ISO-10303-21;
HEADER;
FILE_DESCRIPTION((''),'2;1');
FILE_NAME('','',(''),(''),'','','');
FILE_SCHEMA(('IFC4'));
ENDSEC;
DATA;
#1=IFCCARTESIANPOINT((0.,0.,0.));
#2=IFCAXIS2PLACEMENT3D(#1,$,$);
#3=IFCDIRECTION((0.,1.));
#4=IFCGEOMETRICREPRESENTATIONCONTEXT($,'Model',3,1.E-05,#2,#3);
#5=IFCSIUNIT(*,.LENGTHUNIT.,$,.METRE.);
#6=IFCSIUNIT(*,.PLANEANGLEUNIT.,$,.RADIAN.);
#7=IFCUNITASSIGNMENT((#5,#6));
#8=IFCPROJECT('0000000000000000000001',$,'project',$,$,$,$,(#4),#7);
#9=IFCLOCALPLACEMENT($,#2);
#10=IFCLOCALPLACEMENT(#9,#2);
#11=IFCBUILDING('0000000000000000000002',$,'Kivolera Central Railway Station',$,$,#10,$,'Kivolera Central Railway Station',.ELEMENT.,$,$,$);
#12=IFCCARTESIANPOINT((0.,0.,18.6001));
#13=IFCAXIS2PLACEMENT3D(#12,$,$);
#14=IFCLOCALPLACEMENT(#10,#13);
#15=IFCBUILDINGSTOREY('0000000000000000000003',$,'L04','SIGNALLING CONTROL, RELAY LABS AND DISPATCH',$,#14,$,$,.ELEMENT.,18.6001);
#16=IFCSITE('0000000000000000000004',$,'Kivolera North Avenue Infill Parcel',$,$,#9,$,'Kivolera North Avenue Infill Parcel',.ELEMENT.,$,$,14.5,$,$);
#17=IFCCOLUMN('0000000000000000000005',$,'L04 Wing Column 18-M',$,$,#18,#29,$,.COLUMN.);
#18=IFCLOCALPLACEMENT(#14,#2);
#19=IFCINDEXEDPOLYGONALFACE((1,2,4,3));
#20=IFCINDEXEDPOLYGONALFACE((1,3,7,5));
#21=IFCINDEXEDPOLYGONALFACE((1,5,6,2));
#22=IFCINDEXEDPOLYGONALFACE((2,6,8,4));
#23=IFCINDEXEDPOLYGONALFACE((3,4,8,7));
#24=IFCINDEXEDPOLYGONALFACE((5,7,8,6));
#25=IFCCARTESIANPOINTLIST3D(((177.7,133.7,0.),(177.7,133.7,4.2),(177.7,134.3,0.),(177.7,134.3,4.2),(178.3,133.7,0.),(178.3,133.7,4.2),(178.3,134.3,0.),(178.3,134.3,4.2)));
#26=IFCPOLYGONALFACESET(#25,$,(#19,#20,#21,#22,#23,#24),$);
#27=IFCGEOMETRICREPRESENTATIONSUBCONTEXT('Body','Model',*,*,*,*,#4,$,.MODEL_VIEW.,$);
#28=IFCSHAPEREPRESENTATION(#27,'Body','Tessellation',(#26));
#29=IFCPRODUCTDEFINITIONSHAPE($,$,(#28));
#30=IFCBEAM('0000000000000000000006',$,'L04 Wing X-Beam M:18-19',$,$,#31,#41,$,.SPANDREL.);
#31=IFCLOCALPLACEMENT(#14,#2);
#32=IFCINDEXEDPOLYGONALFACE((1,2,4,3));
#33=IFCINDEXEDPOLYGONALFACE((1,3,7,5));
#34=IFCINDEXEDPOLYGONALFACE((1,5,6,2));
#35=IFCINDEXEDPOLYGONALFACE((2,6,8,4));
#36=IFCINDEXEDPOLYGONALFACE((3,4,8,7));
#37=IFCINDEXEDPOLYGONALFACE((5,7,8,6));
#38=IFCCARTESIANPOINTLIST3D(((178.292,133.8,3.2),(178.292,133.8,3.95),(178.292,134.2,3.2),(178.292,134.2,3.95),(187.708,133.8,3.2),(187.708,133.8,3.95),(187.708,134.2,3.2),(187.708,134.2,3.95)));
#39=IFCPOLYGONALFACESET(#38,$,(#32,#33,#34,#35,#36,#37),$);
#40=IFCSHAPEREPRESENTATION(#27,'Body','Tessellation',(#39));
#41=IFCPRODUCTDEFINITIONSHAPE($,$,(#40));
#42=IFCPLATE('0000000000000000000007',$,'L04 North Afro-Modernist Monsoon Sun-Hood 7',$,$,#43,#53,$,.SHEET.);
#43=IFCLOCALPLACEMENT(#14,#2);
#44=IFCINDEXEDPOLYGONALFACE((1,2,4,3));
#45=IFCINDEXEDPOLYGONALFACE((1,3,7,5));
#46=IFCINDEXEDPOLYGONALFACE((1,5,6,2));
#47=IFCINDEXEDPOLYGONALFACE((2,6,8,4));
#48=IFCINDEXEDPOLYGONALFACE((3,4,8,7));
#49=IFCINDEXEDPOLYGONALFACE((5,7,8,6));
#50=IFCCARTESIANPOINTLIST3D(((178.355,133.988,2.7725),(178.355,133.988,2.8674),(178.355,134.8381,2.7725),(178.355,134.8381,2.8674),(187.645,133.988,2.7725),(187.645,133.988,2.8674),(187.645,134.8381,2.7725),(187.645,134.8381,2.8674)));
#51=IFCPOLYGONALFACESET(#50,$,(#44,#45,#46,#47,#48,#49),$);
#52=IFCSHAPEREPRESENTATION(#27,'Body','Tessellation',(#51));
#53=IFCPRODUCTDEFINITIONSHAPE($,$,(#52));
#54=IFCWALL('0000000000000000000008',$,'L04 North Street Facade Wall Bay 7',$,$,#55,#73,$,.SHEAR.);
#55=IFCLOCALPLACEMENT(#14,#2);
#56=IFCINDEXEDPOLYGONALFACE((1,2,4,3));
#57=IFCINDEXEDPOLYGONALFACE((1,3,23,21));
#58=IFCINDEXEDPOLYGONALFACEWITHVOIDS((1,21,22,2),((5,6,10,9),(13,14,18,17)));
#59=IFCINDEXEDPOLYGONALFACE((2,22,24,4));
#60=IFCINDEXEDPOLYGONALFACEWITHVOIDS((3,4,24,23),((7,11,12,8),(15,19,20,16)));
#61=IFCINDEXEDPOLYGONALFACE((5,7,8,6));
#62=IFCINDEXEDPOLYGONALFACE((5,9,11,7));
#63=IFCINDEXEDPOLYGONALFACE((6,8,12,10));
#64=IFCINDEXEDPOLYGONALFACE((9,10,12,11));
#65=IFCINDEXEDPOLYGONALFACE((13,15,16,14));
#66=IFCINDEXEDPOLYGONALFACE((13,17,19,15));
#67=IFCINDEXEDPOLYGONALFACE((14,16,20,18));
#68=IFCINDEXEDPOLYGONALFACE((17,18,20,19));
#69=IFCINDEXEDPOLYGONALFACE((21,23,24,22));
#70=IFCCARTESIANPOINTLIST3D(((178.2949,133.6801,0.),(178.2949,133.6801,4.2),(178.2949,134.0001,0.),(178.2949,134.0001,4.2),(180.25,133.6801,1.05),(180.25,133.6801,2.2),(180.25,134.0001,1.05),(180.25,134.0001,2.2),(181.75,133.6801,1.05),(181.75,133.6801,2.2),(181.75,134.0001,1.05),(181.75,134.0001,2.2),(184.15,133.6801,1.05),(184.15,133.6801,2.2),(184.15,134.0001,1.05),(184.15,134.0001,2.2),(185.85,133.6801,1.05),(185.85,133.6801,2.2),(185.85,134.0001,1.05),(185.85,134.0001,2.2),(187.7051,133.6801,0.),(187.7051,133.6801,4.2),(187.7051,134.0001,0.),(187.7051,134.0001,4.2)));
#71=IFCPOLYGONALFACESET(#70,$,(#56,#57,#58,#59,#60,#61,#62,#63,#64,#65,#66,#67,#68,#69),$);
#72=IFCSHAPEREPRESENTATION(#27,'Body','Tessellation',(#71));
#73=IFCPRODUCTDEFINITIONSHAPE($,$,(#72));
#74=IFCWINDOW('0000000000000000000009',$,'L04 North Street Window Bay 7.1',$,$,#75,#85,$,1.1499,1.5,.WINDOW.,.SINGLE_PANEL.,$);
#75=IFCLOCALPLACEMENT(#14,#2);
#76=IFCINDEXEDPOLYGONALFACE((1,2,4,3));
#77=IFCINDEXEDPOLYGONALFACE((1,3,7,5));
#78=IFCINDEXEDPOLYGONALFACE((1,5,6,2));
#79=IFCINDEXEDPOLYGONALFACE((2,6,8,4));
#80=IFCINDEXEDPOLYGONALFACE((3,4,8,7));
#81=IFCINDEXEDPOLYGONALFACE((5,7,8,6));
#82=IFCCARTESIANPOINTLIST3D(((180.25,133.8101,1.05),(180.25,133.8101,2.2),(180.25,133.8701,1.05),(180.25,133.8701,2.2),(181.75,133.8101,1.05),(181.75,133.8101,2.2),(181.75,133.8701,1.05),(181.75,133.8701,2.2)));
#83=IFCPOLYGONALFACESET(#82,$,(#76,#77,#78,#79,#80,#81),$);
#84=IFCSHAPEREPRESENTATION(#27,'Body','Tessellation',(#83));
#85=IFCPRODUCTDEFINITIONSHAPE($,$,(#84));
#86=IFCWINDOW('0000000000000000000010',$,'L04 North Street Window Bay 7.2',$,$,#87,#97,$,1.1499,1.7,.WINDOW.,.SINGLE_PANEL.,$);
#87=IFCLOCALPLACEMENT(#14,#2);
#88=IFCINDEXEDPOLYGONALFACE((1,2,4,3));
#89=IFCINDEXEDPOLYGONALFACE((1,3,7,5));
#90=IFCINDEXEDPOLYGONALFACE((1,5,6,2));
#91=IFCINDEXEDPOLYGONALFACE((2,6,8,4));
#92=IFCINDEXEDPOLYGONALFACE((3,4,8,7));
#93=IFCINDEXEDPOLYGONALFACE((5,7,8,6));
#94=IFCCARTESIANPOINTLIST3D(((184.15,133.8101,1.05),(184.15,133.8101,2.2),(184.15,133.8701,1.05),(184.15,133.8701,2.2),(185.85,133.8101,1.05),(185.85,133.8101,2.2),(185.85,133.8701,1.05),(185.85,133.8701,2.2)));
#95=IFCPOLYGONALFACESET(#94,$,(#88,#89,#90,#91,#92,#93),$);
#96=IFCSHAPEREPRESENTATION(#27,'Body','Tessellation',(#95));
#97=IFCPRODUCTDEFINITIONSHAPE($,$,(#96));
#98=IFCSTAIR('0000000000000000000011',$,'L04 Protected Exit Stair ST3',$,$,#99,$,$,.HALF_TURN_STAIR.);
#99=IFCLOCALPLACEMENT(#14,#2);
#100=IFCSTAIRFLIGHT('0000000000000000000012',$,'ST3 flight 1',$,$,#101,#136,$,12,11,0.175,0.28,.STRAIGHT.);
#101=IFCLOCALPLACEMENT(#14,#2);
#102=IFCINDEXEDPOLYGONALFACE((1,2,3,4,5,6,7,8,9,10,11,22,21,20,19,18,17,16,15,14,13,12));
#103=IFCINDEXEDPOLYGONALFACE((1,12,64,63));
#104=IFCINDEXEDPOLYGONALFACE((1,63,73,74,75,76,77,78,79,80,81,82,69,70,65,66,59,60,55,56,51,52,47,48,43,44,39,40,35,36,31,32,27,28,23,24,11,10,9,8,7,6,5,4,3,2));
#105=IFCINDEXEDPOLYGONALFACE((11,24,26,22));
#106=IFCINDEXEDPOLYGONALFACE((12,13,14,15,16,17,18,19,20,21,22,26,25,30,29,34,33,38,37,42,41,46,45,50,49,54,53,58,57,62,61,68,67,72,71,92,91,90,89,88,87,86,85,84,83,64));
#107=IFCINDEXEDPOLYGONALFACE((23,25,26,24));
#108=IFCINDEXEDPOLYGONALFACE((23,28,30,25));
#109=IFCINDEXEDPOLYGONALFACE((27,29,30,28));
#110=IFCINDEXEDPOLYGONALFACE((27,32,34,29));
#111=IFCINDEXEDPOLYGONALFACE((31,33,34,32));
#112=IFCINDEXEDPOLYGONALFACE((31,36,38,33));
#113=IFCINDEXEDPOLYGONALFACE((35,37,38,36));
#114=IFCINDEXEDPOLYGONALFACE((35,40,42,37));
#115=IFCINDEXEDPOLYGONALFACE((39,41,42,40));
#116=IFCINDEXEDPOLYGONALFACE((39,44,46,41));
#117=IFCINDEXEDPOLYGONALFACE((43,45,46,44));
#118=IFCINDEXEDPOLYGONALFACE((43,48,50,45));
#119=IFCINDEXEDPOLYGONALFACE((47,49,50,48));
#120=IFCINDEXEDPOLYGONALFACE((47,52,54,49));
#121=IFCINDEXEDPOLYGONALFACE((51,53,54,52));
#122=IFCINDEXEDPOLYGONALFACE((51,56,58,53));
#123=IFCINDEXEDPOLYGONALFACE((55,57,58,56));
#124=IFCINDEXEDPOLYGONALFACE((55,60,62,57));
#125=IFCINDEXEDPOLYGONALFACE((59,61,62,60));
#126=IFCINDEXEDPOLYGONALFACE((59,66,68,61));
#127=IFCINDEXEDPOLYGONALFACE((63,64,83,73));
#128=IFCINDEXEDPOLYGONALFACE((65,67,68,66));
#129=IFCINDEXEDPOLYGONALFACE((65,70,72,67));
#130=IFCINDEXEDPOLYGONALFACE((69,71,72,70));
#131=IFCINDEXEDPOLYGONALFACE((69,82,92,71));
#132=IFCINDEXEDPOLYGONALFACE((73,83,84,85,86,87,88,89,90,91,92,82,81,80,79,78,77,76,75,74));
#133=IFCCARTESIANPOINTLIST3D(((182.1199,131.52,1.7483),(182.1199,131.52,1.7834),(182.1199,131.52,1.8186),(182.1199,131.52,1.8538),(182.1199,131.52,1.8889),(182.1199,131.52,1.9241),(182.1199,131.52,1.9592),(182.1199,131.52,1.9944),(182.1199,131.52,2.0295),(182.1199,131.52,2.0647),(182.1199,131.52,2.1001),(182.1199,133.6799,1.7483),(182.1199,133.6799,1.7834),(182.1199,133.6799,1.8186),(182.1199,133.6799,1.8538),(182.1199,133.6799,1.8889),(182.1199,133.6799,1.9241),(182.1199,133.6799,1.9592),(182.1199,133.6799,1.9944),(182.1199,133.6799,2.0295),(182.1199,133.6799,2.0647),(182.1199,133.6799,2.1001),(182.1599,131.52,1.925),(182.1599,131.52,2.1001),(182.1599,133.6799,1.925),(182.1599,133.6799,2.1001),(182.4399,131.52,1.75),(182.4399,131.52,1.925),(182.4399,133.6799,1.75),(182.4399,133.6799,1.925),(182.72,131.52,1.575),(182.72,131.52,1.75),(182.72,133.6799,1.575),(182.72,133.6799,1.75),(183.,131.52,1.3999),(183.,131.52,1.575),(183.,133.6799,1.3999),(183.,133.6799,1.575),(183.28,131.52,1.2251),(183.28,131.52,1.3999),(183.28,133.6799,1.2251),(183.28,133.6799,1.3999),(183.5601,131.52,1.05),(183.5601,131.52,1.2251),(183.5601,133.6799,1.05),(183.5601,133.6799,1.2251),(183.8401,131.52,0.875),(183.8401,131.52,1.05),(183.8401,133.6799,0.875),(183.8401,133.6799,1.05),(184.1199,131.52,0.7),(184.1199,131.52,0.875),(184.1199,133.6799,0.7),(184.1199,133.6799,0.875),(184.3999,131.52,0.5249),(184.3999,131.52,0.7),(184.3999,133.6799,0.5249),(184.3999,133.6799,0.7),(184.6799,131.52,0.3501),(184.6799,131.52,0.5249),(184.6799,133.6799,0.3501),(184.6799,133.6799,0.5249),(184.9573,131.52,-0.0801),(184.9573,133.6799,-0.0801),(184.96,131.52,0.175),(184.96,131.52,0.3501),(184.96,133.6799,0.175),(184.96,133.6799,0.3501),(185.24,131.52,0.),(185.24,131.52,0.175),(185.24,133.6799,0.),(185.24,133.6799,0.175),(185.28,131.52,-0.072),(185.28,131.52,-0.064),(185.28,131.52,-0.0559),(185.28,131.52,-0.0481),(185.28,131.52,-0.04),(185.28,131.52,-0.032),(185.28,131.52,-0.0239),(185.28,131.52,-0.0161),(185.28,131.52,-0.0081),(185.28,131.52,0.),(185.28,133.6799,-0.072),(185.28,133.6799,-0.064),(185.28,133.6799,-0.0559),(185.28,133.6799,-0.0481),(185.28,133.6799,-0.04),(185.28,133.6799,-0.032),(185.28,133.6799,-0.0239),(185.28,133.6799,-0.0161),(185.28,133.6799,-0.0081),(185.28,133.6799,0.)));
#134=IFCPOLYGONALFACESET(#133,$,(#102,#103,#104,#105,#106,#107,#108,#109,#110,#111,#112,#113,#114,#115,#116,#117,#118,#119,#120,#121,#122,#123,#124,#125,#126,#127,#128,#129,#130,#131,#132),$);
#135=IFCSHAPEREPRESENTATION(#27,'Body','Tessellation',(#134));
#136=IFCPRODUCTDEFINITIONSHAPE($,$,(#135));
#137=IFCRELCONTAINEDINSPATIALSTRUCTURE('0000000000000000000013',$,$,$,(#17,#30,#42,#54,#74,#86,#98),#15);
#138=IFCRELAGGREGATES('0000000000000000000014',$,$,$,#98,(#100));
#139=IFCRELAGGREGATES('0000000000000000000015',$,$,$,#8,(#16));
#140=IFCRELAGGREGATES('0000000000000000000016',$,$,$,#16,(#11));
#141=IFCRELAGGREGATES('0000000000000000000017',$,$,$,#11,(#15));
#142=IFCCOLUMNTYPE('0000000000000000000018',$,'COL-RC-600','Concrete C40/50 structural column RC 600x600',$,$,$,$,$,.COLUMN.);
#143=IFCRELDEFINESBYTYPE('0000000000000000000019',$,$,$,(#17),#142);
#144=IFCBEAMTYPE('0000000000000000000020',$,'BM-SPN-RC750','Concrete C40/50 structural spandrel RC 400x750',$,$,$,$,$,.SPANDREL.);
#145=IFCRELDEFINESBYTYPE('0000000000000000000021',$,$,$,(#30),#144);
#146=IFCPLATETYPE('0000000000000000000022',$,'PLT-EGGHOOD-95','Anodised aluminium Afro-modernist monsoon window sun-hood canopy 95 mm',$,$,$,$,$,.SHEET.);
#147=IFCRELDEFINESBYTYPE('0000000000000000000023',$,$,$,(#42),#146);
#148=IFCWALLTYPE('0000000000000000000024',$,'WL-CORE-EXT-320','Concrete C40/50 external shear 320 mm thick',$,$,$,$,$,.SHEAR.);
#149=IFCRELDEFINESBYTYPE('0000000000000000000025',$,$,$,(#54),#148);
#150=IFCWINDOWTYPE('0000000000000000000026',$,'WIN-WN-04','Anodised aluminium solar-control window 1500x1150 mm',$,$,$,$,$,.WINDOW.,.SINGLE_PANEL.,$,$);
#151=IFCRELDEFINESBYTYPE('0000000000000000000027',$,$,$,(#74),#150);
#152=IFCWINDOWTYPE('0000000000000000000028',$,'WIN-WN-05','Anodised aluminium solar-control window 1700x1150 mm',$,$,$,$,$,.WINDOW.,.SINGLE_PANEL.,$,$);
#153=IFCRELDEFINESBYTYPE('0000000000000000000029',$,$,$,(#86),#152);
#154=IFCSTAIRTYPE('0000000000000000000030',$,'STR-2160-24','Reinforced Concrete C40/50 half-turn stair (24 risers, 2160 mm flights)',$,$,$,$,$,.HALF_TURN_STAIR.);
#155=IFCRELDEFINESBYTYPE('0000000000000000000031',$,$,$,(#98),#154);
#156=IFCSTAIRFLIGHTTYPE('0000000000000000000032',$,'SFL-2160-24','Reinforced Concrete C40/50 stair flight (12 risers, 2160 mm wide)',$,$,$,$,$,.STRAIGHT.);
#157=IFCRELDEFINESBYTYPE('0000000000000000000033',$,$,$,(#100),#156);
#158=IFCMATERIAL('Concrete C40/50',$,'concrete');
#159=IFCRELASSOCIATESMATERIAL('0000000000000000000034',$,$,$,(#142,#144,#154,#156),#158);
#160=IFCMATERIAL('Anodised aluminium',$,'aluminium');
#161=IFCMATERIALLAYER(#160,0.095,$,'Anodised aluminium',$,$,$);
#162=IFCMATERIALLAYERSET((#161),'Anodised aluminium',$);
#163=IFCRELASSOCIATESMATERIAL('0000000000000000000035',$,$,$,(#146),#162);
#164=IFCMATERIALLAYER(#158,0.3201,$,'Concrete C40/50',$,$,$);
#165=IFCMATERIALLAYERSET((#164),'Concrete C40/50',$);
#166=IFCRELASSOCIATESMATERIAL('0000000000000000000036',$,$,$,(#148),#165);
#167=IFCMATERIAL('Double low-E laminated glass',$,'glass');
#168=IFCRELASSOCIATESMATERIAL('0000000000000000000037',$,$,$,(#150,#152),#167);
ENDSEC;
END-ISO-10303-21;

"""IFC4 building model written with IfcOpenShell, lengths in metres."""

from ifc_helpers import new_model, si_unit, direction, frame, frame_2d, origin, origin_2d, place, context, subcontext, project, spatial, polyline, rectangle, outline, extrude, material, layer, layer_set, material_profile, profile_set, type_object, element, fill, aggregate, save


model = new_model("IFC4")

# Units and contexts
model_context = context("Model", 3, precision=1e-05, world=origin(), true_north=direction((0.0, 1.0)))
body_context = subcontext(model_context, "Body", "Model", "MODEL_VIEW")
ifc_project = project(units=[si_unit("LENGTHUNIT", "METRE"), si_unit("PLANEANGLEUNIT", "RADIAN")], contexts=[model_context])

# Site, building, storey
site_placement = place(None, origin())
site = spatial("IfcSite", under=ifc_project, at=site_placement, Name="Kivolera North Avenue Infill Parcel", LongName="Kivolera North Avenue Infill Parcel", CompositionType="ELEMENT", RefElevation=14.5)
building_placement = place(site_placement, origin())
building = spatial("IfcBuilding", under=site, at=building_placement, Name="Kivolera Central Railway Station", LongName="Kivolera Central Railway Station", CompositionType="ELEMENT")
storey_placement = place(building_placement, frame((0.0, 0.0, 18.6001)))
storey = spatial("IfcBuildingStorey", under=building, at=storey_placement, Name="L04", Description="SIGNALLING CONTROL, RELAY LABS AND DISPATCH", CompositionType="ELEMENT", Elevation=18.6001)

# Column
ifc_material_1 = material(Name="Concrete C40/50", Category="concrete")
ifc_material_profile_1 = material_profile(ifc_material_1, rectangle(XDim=0.6001, YDim=0.6001, at=origin_2d()), Name="RC 600x600")
ifc_profile_set_1 = profile_set([ifc_material_profile_1], Name="Concrete C40/50")
column_type = type_object("IfcColumnType", Name="COL-RC-600", Description="Concrete C40/50 structural column RC 600x600", PredefinedType="COLUMN", material=ifc_profile_set_1)
column_placement = place(storey_placement, frame((178.0, 134.0, 0.0), z_axis=(0.0, 0.0, 1.0), x_axis=(1.0, 0.0, 0.0)))
element("IfcColumn", 1, at=column_placement, inside=storey, type_object=column_type, Name="L04 Wing Column 18-M", PredefinedType="COLUMN", context=body_context, shape_type="SweptSolid", body=[
    extrude(rectangle(XDim=0.6001, YDim=0.6001, at=origin_2d()), origin(), (0.0, 0.0, 1.0), 4.2),
])

# Beam
ifc_material_profile_2 = material_profile(ifc_material_1, rectangle(XDim=0.3999, YDim=0.75, at=origin_2d()), Name="RC 400x750")
ifc_profile_set_2 = profile_set([ifc_material_profile_2], Name="Concrete C40/50")
beam_type = type_object("IfcBeamType", Name="BM-SPN-RC750", Description="Concrete C40/50 structural spandrel RC 400x750", PredefinedType="SPANDREL", material=ifc_profile_set_2)
beam_placement = place(storey_placement, frame((178.292, 134.0, 3.575), z_axis=(1.0, 0.0, 0.0), x_axis=(0.0, 1.0, 0.0)))
element("IfcBeam", 2, at=beam_placement, inside=storey, type_object=beam_type, Name="L04 Wing X-Beam M:18-19", PredefinedType="SPANDREL", context=body_context, shape_type="SweptSolid", body=[
    extrude(rectangle(XDim=0.3999, YDim=0.75, at=origin_2d()), origin(), (0.0, 0.0, 1.0), 9.416),
])

# Plate
ifc_material_2 = material(Name="Anodised aluminium", Category="aluminium")
ifc_layer_1 = layer(ifc_material_2, 0.095, Name="Anodised aluminium")
ifc_layer_set_1 = layer_set([ifc_layer_1], Name="Anodised aluminium")
plate_type = type_object("IfcPlateType", Name="PLT-EGGHOOD-95", Description="Anodised aluminium Afro-modernist monsoon window sun-hood canopy 95 mm", PredefinedType="SHEET", material=ifc_layer_set_1)
plate_placement = place(storey_placement, frame((183.0, 134.4131, 2.7725), z_axis=(0.0, 0.0, 1.0), x_axis=(1.0, 0.0, 0.0)))
element("IfcPlate", 3, at=plate_placement, inside=storey, type_object=plate_type, Name="L04 North Afro-Modernist Monsoon Sun-Hood 7", PredefinedType="SHEET", context=body_context, shape_type="SweptSolid", body=[
    extrude(rectangle(XDim=9.29, YDim=0.8501, at=origin_2d()), origin(), (0.0, 0.0, 1.0), 0.095),
])

# Wall, openings, windows
ifc_layer_2 = layer(ifc_material_1, 0.3201, Name="Concrete C40/50")
ifc_layer_set_2 = layer_set([ifc_layer_2], Name="Concrete C40/50")
wall_type = type_object("IfcWallType", Name="WL-CORE-EXT-320", Description="Concrete C40/50 external shear 320 mm thick", PredefinedType="SHEAR", material=ifc_layer_set_2)
wall_placement = place(storey_placement, frame((178.2949, 133.8401, 0.0), z_axis=(0.0, 0.0, 1.0), x_axis=(1.0, 0.0, 0.0)))
wall = element("IfcWall", 4, at=wall_placement, inside=storey, type_object=wall_type, Name="L04 North Street Facade Wall Bay 7", PredefinedType="SHEAR", context=body_context, shape_type="SweptSolid", body=[
    extrude(rectangle(XDim=9.4102, YDim=0.3201, at=frame_2d((4.7051, 0.0))), origin(), (0.0, 0.0, 1.0), 4.2),
])
opening_1_placement = place(wall_placement, frame((1.9551, 0.0, 1.05)))
opening_1 = element("IfcOpeningElement", 5, at=opening_1_placement, cuts=wall, PredefinedType="OPENING", context=body_context, shape_type="SweptSolid", body=[
    extrude(rectangle(XDim=1.5, YDim=1.1499, at=frame_2d((0.75, 0.575))), frame((0.0, 0.1699, 0.0), z_axis=(0.0, -1.0, 0.0), x_axis=(1.0, 0.0, 0.0)), (0.0, 0.0, 1.0), 0.3401),
])
opening_2_placement = place(wall_placement, frame((5.855, 0.0, 1.05)))
opening_2 = element("IfcOpeningElement", 6, at=opening_2_placement, cuts=wall, PredefinedType="OPENING", context=body_context, shape_type="SweptSolid", body=[
    extrude(rectangle(XDim=1.7, YDim=1.1499, at=frame_2d((0.8501, 0.575))), frame((0.0, 0.1699, 0.0), z_axis=(0.0, -1.0, 0.0), x_axis=(1.0, 0.0, 0.0)), (0.0, 0.0, 1.0), 0.3401),
])
ifc_material_3 = material(Name="Double low-E laminated glass", Category="glass")
window_type_1 = type_object("IfcWindowType", Name="WIN-WN-04", Description="Anodised aluminium solar-control window 1500x1150 mm", PartitioningType="SINGLE_PANEL", PredefinedType="WINDOW", material=ifc_material_3)
window_1_placement = place(opening_1_placement, origin())
window_1 = element("IfcWindow", 7, at=window_1_placement, inside=storey, type_object=window_type_1, Name="L04 North Street Window Bay 7.1", OverallHeight=1.1499, OverallWidth=1.5, PartitioningType="SINGLE_PANEL", PredefinedType="WINDOW", context=body_context, shape_type="SweptSolid", body=[
    extrude(rectangle(XDim=1.5, YDim=1.1499, at=frame_2d((0.75, 0.575))), frame((0.0, 0.03, 0.0), z_axis=(0.0, -1.0, 0.0), x_axis=(1.0, 0.0, 0.0)), (0.0, 0.0, 1.0), 0.0601),
])
fill(opening_1, window_1)
window_type_2 = type_object("IfcWindowType", Name="WIN-WN-05", Description="Anodised aluminium solar-control window 1700x1150 mm", PartitioningType="SINGLE_PANEL", PredefinedType="WINDOW", material=ifc_material_3)
window_2_placement = place(opening_2_placement, origin())
window_2 = element("IfcWindow", 8, at=window_2_placement, inside=storey, type_object=window_type_2, Name="L04 North Street Window Bay 7.2", OverallHeight=1.1499, OverallWidth=1.7, PartitioningType="SINGLE_PANEL", PredefinedType="WINDOW", context=body_context, shape_type="SweptSolid", body=[
    extrude(rectangle(XDim=1.7, YDim=1.1499, at=frame_2d((0.8501, 0.575))), frame((0.0, 0.03, 0.0), z_axis=(0.0, -1.0, 0.0), x_axis=(1.0, 0.0, 0.0)), (0.0, 0.0, 1.0), 0.0601),
])
fill(opening_2, window_2)

# Stair, stair flight
stair_type = type_object("IfcStairType", Name="STR-2160-24", Description="Reinforced Concrete C40/50 half-turn stair (24 risers, 2160 mm flights)", PredefinedType="HALF_TURN_STAIR", material=ifc_material_1)
stair_placement = place(storey_placement, origin())
stair = element("IfcStair", 9, at=stair_placement, inside=storey, type_object=stair_type, Name="L04 Protected Exit Stair ST3", PredefinedType="HALF_TURN_STAIR")
stair_flight_type = type_object("IfcStairFlightType", Name="SFL-2160-24", Description="Reinforced Concrete C40/50 stair flight (12 risers, 2160 mm wide)", PredefinedType="STRAIGHT", material=ifc_material_1)
stair_flight_1_placement = place(storey_placement, frame((185.24, 132.6001, 0.0), z_axis=(0.0, 0.0, 1.0), x_axis=(-1.0, 0.0, 0.0)))
stair_flight_1 = element("IfcStairFlight", 10, at=stair_flight_1_placement, type_object=stair_flight_type, Name="ST3 flight 1", NumberOfRisers=12, NumberOfTreads=11, PredefinedType="STRAIGHT", RiserHeight=0.175, TreadLength=0.28, context=body_context, shape_type="SweptSolid", body=[
    extrude(outline(polyline([(-0.04, 0.0), (0.0, 0.0), (0.0, 0.175), (0.28, 0.175), (0.28, 0.3501), (0.5601, 0.3501), (0.5601, 0.5249), (0.8401, 0.5249), (0.8401, 0.7), (1.1201, 0.7), (1.1201, 0.875), (1.3999, 0.875), (1.3999, 1.05), (1.6799, 1.05), (1.6799, 1.2251), (1.96, 1.2251), (1.96, 1.3999), (2.24, 1.3999), (2.24, 1.575), (2.52, 1.575), (2.52, 1.75), (2.8, 1.75), (2.8, 1.925), (3.0801, 1.925), (3.0801, 2.1001), (3.1201, 2.1001), (3.1201, 2.0647), (3.1201, 2.0295), (3.1201, 1.9944), (3.1201, 1.9592), (3.1201, 1.9241), (3.1201, 1.8889), (3.1201, 1.8538), (3.1201, 1.8186), (3.1201, 1.7834), (3.1201, 1.7483), (0.2827, -0.0801), (-0.04, -0.072), (-0.04, -0.064), (-0.04, -0.0559), (-0.04, -0.0481), (-0.04, -0.04), (-0.04, -0.032), (-0.04, -0.0239), (-0.04, -0.0161), (-0.04, -0.0081), (-0.04, 0.0)])), frame((0.0, 1.0801, 0.0), z_axis=(0.0, -1.0, 0.0), x_axis=(1.0, 0.0, 0.0)), (0.0, 0.0, 1.0), 2.1599),
])
aggregate(stair, [stair_flight_1])

save(model, "model.ifc")
